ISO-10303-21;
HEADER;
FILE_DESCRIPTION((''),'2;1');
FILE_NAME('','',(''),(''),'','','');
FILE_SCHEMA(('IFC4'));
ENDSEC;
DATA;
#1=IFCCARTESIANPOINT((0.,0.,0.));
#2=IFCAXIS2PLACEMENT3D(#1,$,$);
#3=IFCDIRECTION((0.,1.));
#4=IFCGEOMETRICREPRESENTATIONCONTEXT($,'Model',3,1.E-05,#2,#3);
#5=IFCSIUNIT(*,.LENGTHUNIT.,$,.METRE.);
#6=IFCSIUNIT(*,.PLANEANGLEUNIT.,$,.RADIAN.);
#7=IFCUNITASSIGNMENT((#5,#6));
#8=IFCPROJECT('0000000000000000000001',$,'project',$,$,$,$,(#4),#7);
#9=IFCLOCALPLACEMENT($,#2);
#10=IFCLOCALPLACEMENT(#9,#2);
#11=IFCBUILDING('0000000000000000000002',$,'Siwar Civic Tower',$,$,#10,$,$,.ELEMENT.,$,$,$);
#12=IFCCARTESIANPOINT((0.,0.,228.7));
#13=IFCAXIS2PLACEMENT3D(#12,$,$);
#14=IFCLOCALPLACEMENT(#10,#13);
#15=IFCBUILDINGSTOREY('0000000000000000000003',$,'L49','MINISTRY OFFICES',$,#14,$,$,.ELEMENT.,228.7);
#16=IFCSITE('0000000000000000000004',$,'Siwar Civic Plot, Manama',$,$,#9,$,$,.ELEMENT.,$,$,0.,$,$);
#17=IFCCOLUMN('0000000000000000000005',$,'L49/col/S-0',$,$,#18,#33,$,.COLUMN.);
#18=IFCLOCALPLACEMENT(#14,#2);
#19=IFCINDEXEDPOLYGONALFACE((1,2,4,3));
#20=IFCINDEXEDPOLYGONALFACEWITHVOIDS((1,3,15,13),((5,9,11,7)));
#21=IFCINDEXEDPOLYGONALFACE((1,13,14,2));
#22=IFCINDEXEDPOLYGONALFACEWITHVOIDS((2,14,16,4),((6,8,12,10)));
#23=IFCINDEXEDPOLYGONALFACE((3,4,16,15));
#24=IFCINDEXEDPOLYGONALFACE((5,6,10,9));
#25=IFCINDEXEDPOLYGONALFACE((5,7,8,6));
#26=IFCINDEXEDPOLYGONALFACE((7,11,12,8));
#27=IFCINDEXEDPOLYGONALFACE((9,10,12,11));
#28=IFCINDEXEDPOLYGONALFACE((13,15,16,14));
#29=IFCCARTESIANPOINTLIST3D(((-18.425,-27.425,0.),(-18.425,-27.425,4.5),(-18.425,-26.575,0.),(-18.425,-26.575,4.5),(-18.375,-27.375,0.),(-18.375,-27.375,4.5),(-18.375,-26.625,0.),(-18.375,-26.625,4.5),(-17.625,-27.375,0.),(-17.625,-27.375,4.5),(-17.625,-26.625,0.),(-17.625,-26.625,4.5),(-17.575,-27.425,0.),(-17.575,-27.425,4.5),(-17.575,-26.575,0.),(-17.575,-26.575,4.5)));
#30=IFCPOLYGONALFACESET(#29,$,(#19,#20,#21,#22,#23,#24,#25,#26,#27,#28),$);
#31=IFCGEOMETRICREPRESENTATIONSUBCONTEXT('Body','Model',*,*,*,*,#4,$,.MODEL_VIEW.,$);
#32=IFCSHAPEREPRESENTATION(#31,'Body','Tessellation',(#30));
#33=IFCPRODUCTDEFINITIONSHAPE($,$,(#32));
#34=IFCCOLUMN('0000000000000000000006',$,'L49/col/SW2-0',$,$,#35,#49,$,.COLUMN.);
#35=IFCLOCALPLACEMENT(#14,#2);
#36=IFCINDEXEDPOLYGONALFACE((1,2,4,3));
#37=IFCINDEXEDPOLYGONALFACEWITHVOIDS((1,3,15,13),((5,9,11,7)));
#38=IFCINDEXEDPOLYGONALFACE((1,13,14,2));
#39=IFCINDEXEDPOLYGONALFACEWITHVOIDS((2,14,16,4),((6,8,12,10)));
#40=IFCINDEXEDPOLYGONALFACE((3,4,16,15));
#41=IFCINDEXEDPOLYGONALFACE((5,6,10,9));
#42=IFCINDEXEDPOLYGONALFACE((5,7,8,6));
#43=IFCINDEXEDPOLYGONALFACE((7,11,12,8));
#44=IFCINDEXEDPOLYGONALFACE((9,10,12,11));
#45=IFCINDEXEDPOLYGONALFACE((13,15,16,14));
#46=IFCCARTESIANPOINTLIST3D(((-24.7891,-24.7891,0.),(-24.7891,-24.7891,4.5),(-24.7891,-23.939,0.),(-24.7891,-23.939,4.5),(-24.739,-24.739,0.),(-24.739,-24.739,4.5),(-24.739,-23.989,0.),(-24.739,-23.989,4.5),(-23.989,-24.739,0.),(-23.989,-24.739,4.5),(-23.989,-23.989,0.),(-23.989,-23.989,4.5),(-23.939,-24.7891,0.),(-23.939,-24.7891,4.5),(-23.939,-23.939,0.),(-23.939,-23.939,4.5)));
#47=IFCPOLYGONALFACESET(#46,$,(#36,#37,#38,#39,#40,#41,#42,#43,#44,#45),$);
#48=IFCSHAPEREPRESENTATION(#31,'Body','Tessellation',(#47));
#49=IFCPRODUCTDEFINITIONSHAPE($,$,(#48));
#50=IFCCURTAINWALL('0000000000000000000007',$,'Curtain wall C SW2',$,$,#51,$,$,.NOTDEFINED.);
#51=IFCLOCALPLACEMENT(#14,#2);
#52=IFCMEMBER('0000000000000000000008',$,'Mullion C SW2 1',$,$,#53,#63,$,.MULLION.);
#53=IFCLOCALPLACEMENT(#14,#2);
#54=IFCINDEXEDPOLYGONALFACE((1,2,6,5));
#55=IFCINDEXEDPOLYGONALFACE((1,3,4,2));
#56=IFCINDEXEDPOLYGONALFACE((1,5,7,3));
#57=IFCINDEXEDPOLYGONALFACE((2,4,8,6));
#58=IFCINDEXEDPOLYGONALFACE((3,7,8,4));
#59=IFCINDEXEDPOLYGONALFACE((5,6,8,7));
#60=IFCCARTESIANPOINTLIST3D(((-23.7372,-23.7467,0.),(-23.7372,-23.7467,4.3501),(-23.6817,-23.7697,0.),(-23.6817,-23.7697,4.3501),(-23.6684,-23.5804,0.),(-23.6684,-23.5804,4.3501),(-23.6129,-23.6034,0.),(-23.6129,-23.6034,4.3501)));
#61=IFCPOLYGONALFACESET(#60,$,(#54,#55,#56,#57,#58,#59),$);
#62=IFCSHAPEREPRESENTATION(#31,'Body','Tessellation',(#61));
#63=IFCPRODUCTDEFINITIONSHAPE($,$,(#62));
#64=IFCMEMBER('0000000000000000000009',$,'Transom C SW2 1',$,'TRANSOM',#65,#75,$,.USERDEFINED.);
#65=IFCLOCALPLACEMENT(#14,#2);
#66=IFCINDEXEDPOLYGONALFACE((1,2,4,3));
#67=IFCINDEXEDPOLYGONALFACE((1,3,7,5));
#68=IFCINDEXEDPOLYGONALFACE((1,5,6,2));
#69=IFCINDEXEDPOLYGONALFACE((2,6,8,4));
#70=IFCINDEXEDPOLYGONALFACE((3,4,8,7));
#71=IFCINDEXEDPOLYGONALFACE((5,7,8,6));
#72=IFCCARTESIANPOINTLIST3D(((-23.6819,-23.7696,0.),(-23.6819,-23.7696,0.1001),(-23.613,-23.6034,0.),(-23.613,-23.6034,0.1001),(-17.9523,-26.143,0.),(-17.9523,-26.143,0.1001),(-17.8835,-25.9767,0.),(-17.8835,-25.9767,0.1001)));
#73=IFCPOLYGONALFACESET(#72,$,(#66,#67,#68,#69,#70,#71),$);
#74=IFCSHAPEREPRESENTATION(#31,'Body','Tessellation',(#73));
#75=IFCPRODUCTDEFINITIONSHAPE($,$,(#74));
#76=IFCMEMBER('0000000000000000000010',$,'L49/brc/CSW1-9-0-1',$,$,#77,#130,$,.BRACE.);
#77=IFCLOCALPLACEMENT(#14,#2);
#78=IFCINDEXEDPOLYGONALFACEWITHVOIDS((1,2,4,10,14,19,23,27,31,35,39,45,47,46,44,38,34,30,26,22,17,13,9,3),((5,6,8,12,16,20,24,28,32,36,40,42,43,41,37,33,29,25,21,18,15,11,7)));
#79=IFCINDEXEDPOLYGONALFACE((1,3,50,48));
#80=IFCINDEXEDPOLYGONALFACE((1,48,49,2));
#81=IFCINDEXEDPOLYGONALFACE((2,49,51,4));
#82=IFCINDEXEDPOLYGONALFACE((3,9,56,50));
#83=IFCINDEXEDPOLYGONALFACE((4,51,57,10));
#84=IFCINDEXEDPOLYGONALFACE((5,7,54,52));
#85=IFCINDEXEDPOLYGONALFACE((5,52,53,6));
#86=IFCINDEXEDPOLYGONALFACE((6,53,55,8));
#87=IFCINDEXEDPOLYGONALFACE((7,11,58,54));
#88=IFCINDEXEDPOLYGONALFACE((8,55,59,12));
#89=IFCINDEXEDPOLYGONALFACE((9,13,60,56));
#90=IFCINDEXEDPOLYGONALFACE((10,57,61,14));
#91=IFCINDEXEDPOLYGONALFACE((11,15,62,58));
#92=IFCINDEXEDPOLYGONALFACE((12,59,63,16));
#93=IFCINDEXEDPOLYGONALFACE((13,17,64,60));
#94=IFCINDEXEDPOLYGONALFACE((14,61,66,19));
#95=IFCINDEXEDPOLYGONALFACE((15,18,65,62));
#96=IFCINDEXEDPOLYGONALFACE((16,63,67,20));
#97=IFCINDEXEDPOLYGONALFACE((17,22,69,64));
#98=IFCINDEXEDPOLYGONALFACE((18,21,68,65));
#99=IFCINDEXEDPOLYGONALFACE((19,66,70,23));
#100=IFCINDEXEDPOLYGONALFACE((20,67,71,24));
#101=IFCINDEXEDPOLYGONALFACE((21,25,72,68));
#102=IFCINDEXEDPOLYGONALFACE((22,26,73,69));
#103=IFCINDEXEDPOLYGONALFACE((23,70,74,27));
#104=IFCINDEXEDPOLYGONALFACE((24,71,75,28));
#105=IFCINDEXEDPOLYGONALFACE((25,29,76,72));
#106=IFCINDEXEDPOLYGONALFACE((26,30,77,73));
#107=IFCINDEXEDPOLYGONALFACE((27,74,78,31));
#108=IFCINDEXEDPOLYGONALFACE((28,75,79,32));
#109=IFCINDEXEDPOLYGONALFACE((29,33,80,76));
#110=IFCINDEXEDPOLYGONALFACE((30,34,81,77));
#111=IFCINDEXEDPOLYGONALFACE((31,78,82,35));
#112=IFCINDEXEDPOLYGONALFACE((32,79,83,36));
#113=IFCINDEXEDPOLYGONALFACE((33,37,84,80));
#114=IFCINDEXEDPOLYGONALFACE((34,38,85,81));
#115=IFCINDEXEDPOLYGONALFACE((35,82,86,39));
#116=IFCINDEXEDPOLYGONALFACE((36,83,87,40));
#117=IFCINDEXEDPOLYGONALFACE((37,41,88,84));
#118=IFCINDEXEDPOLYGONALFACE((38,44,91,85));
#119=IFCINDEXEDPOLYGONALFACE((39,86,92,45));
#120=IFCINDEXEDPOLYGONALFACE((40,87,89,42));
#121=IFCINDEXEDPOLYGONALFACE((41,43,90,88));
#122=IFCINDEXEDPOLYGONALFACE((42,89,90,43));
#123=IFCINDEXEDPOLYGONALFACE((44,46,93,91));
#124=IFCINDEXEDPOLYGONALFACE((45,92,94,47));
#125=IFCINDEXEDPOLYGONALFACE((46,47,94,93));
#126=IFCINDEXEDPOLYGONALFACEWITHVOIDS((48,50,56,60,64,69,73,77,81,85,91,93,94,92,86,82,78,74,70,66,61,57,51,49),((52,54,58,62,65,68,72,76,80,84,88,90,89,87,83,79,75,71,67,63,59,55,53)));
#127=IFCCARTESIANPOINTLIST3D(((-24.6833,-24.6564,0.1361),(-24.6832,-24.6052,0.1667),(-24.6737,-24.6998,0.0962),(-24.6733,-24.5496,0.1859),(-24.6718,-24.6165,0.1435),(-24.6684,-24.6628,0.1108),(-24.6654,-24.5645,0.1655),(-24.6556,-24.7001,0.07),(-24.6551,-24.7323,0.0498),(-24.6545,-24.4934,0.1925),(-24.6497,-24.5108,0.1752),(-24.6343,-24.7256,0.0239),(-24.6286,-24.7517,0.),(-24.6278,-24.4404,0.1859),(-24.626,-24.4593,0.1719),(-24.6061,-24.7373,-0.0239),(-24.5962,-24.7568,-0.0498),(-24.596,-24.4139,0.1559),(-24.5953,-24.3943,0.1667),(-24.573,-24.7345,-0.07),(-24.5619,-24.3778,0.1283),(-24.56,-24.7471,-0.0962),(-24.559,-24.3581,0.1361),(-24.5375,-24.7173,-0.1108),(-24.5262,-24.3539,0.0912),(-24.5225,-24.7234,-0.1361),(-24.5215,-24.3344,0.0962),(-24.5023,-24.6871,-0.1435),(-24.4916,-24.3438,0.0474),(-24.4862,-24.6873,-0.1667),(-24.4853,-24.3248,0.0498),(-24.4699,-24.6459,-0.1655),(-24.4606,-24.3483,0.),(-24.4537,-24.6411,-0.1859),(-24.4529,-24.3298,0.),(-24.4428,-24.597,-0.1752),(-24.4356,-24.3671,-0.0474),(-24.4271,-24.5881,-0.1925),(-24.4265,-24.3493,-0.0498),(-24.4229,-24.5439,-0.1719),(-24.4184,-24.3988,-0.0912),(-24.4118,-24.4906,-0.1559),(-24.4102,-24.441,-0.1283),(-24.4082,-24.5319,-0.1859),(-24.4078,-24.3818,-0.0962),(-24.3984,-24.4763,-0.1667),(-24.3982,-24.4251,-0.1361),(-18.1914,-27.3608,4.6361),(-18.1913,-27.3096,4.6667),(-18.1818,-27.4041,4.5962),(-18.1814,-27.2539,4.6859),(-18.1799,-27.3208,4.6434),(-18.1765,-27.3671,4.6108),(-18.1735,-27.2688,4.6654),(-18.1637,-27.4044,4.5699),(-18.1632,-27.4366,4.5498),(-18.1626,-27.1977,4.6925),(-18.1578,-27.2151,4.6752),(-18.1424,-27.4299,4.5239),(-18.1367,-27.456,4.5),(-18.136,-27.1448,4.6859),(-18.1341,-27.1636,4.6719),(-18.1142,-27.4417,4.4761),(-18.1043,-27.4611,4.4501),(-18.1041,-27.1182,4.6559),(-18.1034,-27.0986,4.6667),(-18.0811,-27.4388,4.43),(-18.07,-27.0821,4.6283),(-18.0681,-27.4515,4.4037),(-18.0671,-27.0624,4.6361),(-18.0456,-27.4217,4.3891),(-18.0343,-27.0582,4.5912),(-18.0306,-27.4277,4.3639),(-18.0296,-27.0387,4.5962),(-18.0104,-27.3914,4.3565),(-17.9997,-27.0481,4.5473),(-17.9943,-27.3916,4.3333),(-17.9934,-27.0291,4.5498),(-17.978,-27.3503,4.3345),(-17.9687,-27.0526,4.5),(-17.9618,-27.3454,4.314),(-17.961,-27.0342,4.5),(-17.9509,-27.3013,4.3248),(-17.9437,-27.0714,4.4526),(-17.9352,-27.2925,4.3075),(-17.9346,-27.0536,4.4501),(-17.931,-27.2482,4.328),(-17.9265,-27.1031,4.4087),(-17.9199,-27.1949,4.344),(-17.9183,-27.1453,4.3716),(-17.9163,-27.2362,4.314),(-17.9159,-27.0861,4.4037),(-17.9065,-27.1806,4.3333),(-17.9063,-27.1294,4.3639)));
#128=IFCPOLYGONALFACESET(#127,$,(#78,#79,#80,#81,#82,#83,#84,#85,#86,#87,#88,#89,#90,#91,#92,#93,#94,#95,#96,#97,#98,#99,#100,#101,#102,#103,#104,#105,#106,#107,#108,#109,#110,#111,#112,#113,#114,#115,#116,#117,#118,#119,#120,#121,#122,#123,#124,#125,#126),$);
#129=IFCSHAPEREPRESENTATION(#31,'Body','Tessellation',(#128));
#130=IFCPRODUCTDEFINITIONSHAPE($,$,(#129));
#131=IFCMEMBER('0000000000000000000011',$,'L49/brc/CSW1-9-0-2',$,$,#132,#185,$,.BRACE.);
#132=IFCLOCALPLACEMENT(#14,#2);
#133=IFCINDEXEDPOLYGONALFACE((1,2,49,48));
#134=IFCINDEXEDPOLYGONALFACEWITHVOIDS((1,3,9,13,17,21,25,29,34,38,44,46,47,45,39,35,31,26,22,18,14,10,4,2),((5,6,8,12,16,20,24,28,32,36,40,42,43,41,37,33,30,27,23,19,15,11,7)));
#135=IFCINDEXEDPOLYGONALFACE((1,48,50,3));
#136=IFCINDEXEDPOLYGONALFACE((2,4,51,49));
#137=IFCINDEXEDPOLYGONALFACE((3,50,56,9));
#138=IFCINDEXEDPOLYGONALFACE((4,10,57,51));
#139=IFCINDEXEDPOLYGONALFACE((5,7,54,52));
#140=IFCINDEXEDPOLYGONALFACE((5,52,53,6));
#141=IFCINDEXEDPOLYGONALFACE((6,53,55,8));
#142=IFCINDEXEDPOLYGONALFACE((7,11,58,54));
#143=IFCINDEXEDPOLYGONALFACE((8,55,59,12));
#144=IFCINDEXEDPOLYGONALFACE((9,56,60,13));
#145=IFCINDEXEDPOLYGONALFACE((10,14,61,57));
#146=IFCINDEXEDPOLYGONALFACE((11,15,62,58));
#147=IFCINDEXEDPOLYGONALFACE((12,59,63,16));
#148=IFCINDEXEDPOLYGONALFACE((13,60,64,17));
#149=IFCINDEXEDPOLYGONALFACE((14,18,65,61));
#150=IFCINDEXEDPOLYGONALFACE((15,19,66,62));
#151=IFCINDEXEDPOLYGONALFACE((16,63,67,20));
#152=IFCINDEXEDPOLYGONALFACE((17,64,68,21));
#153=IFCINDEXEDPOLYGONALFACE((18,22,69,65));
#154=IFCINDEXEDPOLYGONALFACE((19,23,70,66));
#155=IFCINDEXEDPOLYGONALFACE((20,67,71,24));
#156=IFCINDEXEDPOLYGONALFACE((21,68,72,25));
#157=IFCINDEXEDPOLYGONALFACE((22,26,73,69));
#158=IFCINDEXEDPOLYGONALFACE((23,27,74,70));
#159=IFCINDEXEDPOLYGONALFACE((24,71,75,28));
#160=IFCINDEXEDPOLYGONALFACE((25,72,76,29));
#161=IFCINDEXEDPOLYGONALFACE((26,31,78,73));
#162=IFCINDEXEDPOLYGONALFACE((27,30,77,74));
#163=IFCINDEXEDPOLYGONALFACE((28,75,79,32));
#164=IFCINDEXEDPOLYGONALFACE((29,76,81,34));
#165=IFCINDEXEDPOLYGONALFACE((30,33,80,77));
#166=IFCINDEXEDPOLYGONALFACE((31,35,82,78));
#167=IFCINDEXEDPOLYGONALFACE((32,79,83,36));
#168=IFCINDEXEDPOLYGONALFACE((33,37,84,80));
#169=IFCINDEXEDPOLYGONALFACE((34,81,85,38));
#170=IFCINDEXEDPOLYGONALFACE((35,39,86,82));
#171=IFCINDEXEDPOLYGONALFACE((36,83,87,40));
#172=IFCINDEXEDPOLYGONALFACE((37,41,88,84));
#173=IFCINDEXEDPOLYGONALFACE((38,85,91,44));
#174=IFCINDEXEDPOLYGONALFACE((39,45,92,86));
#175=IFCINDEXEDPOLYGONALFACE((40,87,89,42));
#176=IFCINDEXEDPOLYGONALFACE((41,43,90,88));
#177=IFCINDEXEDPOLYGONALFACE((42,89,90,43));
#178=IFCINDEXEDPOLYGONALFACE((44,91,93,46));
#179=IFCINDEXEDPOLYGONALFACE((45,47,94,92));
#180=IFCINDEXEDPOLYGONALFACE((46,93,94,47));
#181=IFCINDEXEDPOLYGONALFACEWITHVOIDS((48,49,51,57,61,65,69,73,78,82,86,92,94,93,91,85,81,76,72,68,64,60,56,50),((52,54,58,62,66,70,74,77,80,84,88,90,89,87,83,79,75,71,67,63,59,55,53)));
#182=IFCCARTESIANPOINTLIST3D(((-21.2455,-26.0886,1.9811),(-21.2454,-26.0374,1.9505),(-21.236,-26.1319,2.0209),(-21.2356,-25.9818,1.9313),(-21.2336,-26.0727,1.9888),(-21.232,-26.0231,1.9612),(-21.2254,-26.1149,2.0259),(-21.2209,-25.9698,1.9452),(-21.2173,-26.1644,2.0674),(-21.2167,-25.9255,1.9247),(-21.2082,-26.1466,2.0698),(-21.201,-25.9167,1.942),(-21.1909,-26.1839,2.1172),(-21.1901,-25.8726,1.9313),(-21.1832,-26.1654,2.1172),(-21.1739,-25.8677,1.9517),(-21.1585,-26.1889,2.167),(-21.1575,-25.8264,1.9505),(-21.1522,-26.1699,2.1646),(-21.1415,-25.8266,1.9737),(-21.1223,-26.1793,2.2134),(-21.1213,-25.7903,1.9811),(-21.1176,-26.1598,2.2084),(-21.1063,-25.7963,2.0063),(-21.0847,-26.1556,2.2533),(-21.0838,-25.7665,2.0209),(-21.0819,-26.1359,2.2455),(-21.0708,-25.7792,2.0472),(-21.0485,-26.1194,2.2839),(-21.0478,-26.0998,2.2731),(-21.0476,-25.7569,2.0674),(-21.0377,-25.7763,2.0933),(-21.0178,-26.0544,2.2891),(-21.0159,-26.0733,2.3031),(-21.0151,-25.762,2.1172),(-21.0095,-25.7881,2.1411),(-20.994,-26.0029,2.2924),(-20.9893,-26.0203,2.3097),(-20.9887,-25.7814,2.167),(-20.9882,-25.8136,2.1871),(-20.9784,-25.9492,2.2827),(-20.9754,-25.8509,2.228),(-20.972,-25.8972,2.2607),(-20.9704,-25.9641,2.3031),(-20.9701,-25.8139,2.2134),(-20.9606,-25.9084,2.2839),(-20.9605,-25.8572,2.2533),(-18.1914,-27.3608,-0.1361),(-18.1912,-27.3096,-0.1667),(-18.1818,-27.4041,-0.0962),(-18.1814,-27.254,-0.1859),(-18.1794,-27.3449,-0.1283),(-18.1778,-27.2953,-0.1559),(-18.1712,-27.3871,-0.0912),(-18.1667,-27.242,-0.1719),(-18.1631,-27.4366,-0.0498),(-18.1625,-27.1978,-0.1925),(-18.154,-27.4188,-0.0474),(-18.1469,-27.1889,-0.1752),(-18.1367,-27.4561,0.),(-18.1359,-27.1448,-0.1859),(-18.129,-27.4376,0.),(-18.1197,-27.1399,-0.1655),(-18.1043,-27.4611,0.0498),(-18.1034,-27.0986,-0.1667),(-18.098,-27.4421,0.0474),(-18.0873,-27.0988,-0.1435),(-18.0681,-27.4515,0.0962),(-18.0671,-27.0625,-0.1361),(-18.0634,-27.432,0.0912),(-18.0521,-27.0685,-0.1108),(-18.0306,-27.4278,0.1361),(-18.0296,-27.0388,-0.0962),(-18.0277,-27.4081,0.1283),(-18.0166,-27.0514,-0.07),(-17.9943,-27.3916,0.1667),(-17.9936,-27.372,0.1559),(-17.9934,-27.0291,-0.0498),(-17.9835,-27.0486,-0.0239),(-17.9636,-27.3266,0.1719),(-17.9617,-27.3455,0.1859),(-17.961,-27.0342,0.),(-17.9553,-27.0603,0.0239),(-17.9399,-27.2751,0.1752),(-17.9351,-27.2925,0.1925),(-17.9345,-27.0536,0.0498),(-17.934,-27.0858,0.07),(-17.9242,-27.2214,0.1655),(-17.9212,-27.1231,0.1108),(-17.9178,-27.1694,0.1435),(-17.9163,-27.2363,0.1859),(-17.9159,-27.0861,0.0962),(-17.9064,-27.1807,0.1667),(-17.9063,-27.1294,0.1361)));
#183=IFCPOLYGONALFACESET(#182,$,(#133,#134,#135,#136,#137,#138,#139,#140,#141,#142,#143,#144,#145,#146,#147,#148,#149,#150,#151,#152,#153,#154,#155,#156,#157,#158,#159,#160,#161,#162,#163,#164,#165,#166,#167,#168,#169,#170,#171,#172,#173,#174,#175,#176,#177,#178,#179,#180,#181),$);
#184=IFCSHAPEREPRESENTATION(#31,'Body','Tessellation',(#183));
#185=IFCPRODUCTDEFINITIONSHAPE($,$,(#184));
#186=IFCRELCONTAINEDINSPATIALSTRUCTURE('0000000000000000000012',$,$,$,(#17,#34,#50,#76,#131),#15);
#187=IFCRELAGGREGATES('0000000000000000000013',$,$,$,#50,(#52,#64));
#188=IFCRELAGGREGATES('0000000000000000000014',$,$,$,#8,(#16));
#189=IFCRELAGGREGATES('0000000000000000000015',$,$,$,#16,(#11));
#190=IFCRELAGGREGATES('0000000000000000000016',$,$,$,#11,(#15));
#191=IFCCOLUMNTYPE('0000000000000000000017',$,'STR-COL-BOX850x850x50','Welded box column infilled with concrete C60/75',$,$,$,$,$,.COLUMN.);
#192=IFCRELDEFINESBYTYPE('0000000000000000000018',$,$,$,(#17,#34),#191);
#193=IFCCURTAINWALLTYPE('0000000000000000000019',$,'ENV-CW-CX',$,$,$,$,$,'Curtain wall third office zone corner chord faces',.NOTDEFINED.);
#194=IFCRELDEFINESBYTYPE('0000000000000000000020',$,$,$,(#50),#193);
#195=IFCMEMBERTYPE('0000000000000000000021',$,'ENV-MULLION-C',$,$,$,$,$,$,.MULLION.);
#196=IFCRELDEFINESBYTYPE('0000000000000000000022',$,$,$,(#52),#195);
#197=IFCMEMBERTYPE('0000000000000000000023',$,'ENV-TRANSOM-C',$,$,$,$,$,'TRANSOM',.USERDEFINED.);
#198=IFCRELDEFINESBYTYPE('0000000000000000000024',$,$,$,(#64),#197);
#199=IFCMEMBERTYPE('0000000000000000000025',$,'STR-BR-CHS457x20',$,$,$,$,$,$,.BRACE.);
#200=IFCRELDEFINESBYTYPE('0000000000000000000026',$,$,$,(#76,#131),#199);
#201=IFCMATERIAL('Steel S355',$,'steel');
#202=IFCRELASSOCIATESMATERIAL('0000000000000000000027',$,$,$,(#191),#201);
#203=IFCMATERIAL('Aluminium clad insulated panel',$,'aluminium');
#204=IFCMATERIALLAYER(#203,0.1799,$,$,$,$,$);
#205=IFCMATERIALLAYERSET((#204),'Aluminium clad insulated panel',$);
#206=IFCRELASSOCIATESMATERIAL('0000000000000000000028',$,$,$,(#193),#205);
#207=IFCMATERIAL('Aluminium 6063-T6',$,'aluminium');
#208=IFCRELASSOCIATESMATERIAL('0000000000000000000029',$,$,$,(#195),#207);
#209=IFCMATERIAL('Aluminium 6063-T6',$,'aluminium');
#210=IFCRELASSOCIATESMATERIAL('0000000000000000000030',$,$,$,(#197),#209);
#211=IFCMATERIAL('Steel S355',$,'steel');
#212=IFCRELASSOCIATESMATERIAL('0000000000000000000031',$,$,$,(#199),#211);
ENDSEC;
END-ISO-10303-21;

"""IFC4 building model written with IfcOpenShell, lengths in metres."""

from ifc_helpers import new_model, si_unit, direction, frame, origin, origin_2d, place, context, subcontext, project, spatial, rectangle, hollow_rectangle, hollow_circle, extrude, material, layer, layer_set, material_profile, profile_set, type_object, element, aggregate, save


model = new_model("IFC4")

# Units and contexts
model_context = context("Model", 3, precision=1e-05, world=origin(), true_north=direction((0.0, 1.0)))
body_context = subcontext(model_context, "Body", "Model", "MODEL_VIEW")
ifc_project = project(units=[si_unit("LENGTHUNIT", "METRE"), si_unit("PLANEANGLEUNIT", "RADIAN")], contexts=[model_context])

# Site, building, storey
site_placement = place(None, origin())
site = spatial("IfcSite", under=ifc_project, at=site_placement, Name="Siwar Civic Plot, Manama", CompositionType="ELEMENT", RefElevation=0.0)
building_placement = place(site_placement, origin())
building = spatial("IfcBuilding", under=site, at=building_placement, Name="Siwar Civic Tower", CompositionType="ELEMENT")
storey_placement = place(building_placement, frame((0.0, 0.0, 228.7)))
storey = spatial("IfcBuildingStorey", under=building, at=storey_placement, Name="L49", Description="MINISTRY OFFICES", CompositionType="ELEMENT", Elevation=228.7)

# Columns
ifc_material_1 = material(Name="Steel S355", Category="steel")
ifc_material_profile_1 = material_profile(ifc_material_1, hollow_rectangle(XDim=0.8501, YDim=0.8501, WallThickness=0.05, at=origin_2d()), Name="BOX850x850x50")
ifc_profile_set_1 = profile_set([ifc_material_profile_1], Name="Steel S355")
column_type = type_object("IfcColumnType", Name="STR-COL-BOX850x850x50", Description="Welded box column infilled with concrete C60/75", PredefinedType="COLUMN", material=ifc_profile_set_1)
for number, where, z_axis, x_axis, name in (
    (1, (-18.0, -27.0, 0.0), (0.0, 0.0, 1.0), (1.0, 0.0, 0.0), "L49/col/S-0"),
    (2, (-24.364, -24.364, 0.0), (0.0, 0.0, 1.0), (1.0, 0.0, 0.0), "L49/col/SW2-0"),
):
    element("IfcColumn", number, at=place(storey_placement, frame(where, z_axis=z_axis, x_axis=x_axis)), inside=storey, type_object=column_type, Name=name, PredefinedType="COLUMN", context=body_context, shape_type="SweptSolid", body=[
        extrude(hollow_rectangle(XDim=0.8501, YDim=0.8501, WallThickness=0.05, at=origin_2d()), origin(), (0.0, 0.0, 1.0), 4.5),
    ])

# Curtain wall, members
ifc_material_2 = material(Name="Aluminium clad insulated panel", Category="aluminium")
ifc_layer_1 = layer(ifc_material_2, 0.1799)
ifc_layer_set_1 = layer_set([ifc_layer_1], Name="Aluminium clad insulated panel")
curtain_wall_type = type_object("IfcCurtainWallType", Name="ENV-CW-CX", ElementType="Curtain wall third office zone corner chord faces", PredefinedType="NOTDEFINED", material=ifc_layer_set_1)
curtain_wall_1_placement = place(storey_placement, origin())
curtain_wall_1 = element("IfcCurtainWall", 3, at=curtain_wall_1_placement, inside=storey, type_object=curtain_wall_type, Name="Curtain wall C SW2", PredefinedType="NOTDEFINED")
ifc_material_3 = material(Name="Aluminium 6063-T6", Category="aluminium")
ifc_material_profile_2 = material_profile(ifc_material_3, rectangle(XDim=0.1799, YDim=0.0601, at=origin_2d()), Name="AL 180x60")
ifc_profile_set_2 = profile_set([ifc_material_profile_2], Name="Aluminium 6063-T6")
member_type_1 = type_object("IfcMemberType", Name="ENV-MULLION-C", PredefinedType="MULLION", material=ifc_profile_set_2)
member_1_placement = place(storey_placement, frame((-23.675, -23.675, 0.0), z_axis=(0.0, 0.0, 1.0), x_axis=(0.382683, 0.92388, 0.0)))
member_1 = element("IfcMember", 4, at=member_1_placement, type_object=member_type_1, Name="Mullion C SW2 1", PredefinedType="MULLION", context=body_context, shape_type="SweptSolid", body=[
    extrude(rectangle(XDim=0.1799, YDim=0.0601, at=origin_2d()), origin(), (0.0, 0.0, 1.0), 4.3501),
])
ifc_material_4 = material(Name="Aluminium 6063-T6", Category="aluminium")
ifc_material_profile_3 = material_profile(ifc_material_4, rectangle(XDim=0.1799, YDim=0.1001, at=origin_2d()), Name="AL 180x100")
ifc_profile_set_3 = profile_set([ifc_material_profile_3], Name="Aluminium 6063-T6")
member_type_2 = type_object("IfcMemberType", Name="ENV-TRANSOM-C", ElementType="TRANSOM", PredefinedType="USERDEFINED", material=ifc_profile_set_3)
member_2_placement = place(storey_placement, frame((-23.6475, -23.6865, 0.05), z_axis=(0.923876, -0.382691, 0.0), x_axis=(0.382691, 0.923876, 0.0)))
member_2 = element("IfcMember", 5, at=member_2_placement, type_object=member_type_2, Name="Transom C SW2 1", ObjectType="TRANSOM", PredefinedType="USERDEFINED", context=body_context, shape_type="SweptSolid", body=[
    extrude(rectangle(XDim=0.1799, YDim=0.1001, at=origin_2d()), origin(), (0.0, 0.0, 1.0), 6.2017),
])

# Members
ifc_material_5 = material(Name="Steel S355", Category="steel")
ifc_material_profile_4 = material_profile(ifc_material_5, hollow_circle(Radius=0.2285, WallThickness=0.02, at=origin_2d()), Name="CHS457x20")
ifc_profile_set_4 = profile_set([ifc_material_profile_4], Name="Steel S355")
member_type_3 = type_object("IfcMemberType", Name="STR-BR-CHS457x20", PredefinedType="BRACE", material=ifc_profile_set_4)
member_3_placement = place(storey_placement, frame((-24.5408, -24.5408, 0.0), z_axis=(0.777555, -0.323906, 0.538975), x_axis=(0.384539, 0.923109, 0.0)))
element("IfcMember", 6, at=member_3_placement, inside=storey, type_object=member_type_3, Name="L49/brc/CSW1-9-0-1", PredefinedType="BRACE", context=body_context, shape_type="SweptSolid", body=[
    extrude(hollow_circle(Radius=0.2285, WallThickness=0.02, at=origin_2d()), origin(), (0.0, 0.0, 1.0), 8.3491),
])
for number, where, z_axis, x_axis, name in (
    (7, (-18.0488, -27.2451, 0.0), (-0.777546, 0.323884, 0.538999), (-0.384521, -0.923116, 0.0), "L49/brc/CSW1-9-0-2"),
):
    element("IfcMember", number, at=place(storey_placement, frame(where, z_axis=z_axis, x_axis=x_axis)), inside=storey, type_object=member_type_3, Name=name, PredefinedType="BRACE", context=body_context, shape_type="SweptSolid", body=[
        extrude(hollow_circle(Radius=0.2285, WallThickness=0.02, at=origin_2d()), origin(), (0.0, 0.0, 1.0), 3.928),
    ])

aggregate(curtain_wall_1, [member_1, member_2])

save(model, "model.ifc")
